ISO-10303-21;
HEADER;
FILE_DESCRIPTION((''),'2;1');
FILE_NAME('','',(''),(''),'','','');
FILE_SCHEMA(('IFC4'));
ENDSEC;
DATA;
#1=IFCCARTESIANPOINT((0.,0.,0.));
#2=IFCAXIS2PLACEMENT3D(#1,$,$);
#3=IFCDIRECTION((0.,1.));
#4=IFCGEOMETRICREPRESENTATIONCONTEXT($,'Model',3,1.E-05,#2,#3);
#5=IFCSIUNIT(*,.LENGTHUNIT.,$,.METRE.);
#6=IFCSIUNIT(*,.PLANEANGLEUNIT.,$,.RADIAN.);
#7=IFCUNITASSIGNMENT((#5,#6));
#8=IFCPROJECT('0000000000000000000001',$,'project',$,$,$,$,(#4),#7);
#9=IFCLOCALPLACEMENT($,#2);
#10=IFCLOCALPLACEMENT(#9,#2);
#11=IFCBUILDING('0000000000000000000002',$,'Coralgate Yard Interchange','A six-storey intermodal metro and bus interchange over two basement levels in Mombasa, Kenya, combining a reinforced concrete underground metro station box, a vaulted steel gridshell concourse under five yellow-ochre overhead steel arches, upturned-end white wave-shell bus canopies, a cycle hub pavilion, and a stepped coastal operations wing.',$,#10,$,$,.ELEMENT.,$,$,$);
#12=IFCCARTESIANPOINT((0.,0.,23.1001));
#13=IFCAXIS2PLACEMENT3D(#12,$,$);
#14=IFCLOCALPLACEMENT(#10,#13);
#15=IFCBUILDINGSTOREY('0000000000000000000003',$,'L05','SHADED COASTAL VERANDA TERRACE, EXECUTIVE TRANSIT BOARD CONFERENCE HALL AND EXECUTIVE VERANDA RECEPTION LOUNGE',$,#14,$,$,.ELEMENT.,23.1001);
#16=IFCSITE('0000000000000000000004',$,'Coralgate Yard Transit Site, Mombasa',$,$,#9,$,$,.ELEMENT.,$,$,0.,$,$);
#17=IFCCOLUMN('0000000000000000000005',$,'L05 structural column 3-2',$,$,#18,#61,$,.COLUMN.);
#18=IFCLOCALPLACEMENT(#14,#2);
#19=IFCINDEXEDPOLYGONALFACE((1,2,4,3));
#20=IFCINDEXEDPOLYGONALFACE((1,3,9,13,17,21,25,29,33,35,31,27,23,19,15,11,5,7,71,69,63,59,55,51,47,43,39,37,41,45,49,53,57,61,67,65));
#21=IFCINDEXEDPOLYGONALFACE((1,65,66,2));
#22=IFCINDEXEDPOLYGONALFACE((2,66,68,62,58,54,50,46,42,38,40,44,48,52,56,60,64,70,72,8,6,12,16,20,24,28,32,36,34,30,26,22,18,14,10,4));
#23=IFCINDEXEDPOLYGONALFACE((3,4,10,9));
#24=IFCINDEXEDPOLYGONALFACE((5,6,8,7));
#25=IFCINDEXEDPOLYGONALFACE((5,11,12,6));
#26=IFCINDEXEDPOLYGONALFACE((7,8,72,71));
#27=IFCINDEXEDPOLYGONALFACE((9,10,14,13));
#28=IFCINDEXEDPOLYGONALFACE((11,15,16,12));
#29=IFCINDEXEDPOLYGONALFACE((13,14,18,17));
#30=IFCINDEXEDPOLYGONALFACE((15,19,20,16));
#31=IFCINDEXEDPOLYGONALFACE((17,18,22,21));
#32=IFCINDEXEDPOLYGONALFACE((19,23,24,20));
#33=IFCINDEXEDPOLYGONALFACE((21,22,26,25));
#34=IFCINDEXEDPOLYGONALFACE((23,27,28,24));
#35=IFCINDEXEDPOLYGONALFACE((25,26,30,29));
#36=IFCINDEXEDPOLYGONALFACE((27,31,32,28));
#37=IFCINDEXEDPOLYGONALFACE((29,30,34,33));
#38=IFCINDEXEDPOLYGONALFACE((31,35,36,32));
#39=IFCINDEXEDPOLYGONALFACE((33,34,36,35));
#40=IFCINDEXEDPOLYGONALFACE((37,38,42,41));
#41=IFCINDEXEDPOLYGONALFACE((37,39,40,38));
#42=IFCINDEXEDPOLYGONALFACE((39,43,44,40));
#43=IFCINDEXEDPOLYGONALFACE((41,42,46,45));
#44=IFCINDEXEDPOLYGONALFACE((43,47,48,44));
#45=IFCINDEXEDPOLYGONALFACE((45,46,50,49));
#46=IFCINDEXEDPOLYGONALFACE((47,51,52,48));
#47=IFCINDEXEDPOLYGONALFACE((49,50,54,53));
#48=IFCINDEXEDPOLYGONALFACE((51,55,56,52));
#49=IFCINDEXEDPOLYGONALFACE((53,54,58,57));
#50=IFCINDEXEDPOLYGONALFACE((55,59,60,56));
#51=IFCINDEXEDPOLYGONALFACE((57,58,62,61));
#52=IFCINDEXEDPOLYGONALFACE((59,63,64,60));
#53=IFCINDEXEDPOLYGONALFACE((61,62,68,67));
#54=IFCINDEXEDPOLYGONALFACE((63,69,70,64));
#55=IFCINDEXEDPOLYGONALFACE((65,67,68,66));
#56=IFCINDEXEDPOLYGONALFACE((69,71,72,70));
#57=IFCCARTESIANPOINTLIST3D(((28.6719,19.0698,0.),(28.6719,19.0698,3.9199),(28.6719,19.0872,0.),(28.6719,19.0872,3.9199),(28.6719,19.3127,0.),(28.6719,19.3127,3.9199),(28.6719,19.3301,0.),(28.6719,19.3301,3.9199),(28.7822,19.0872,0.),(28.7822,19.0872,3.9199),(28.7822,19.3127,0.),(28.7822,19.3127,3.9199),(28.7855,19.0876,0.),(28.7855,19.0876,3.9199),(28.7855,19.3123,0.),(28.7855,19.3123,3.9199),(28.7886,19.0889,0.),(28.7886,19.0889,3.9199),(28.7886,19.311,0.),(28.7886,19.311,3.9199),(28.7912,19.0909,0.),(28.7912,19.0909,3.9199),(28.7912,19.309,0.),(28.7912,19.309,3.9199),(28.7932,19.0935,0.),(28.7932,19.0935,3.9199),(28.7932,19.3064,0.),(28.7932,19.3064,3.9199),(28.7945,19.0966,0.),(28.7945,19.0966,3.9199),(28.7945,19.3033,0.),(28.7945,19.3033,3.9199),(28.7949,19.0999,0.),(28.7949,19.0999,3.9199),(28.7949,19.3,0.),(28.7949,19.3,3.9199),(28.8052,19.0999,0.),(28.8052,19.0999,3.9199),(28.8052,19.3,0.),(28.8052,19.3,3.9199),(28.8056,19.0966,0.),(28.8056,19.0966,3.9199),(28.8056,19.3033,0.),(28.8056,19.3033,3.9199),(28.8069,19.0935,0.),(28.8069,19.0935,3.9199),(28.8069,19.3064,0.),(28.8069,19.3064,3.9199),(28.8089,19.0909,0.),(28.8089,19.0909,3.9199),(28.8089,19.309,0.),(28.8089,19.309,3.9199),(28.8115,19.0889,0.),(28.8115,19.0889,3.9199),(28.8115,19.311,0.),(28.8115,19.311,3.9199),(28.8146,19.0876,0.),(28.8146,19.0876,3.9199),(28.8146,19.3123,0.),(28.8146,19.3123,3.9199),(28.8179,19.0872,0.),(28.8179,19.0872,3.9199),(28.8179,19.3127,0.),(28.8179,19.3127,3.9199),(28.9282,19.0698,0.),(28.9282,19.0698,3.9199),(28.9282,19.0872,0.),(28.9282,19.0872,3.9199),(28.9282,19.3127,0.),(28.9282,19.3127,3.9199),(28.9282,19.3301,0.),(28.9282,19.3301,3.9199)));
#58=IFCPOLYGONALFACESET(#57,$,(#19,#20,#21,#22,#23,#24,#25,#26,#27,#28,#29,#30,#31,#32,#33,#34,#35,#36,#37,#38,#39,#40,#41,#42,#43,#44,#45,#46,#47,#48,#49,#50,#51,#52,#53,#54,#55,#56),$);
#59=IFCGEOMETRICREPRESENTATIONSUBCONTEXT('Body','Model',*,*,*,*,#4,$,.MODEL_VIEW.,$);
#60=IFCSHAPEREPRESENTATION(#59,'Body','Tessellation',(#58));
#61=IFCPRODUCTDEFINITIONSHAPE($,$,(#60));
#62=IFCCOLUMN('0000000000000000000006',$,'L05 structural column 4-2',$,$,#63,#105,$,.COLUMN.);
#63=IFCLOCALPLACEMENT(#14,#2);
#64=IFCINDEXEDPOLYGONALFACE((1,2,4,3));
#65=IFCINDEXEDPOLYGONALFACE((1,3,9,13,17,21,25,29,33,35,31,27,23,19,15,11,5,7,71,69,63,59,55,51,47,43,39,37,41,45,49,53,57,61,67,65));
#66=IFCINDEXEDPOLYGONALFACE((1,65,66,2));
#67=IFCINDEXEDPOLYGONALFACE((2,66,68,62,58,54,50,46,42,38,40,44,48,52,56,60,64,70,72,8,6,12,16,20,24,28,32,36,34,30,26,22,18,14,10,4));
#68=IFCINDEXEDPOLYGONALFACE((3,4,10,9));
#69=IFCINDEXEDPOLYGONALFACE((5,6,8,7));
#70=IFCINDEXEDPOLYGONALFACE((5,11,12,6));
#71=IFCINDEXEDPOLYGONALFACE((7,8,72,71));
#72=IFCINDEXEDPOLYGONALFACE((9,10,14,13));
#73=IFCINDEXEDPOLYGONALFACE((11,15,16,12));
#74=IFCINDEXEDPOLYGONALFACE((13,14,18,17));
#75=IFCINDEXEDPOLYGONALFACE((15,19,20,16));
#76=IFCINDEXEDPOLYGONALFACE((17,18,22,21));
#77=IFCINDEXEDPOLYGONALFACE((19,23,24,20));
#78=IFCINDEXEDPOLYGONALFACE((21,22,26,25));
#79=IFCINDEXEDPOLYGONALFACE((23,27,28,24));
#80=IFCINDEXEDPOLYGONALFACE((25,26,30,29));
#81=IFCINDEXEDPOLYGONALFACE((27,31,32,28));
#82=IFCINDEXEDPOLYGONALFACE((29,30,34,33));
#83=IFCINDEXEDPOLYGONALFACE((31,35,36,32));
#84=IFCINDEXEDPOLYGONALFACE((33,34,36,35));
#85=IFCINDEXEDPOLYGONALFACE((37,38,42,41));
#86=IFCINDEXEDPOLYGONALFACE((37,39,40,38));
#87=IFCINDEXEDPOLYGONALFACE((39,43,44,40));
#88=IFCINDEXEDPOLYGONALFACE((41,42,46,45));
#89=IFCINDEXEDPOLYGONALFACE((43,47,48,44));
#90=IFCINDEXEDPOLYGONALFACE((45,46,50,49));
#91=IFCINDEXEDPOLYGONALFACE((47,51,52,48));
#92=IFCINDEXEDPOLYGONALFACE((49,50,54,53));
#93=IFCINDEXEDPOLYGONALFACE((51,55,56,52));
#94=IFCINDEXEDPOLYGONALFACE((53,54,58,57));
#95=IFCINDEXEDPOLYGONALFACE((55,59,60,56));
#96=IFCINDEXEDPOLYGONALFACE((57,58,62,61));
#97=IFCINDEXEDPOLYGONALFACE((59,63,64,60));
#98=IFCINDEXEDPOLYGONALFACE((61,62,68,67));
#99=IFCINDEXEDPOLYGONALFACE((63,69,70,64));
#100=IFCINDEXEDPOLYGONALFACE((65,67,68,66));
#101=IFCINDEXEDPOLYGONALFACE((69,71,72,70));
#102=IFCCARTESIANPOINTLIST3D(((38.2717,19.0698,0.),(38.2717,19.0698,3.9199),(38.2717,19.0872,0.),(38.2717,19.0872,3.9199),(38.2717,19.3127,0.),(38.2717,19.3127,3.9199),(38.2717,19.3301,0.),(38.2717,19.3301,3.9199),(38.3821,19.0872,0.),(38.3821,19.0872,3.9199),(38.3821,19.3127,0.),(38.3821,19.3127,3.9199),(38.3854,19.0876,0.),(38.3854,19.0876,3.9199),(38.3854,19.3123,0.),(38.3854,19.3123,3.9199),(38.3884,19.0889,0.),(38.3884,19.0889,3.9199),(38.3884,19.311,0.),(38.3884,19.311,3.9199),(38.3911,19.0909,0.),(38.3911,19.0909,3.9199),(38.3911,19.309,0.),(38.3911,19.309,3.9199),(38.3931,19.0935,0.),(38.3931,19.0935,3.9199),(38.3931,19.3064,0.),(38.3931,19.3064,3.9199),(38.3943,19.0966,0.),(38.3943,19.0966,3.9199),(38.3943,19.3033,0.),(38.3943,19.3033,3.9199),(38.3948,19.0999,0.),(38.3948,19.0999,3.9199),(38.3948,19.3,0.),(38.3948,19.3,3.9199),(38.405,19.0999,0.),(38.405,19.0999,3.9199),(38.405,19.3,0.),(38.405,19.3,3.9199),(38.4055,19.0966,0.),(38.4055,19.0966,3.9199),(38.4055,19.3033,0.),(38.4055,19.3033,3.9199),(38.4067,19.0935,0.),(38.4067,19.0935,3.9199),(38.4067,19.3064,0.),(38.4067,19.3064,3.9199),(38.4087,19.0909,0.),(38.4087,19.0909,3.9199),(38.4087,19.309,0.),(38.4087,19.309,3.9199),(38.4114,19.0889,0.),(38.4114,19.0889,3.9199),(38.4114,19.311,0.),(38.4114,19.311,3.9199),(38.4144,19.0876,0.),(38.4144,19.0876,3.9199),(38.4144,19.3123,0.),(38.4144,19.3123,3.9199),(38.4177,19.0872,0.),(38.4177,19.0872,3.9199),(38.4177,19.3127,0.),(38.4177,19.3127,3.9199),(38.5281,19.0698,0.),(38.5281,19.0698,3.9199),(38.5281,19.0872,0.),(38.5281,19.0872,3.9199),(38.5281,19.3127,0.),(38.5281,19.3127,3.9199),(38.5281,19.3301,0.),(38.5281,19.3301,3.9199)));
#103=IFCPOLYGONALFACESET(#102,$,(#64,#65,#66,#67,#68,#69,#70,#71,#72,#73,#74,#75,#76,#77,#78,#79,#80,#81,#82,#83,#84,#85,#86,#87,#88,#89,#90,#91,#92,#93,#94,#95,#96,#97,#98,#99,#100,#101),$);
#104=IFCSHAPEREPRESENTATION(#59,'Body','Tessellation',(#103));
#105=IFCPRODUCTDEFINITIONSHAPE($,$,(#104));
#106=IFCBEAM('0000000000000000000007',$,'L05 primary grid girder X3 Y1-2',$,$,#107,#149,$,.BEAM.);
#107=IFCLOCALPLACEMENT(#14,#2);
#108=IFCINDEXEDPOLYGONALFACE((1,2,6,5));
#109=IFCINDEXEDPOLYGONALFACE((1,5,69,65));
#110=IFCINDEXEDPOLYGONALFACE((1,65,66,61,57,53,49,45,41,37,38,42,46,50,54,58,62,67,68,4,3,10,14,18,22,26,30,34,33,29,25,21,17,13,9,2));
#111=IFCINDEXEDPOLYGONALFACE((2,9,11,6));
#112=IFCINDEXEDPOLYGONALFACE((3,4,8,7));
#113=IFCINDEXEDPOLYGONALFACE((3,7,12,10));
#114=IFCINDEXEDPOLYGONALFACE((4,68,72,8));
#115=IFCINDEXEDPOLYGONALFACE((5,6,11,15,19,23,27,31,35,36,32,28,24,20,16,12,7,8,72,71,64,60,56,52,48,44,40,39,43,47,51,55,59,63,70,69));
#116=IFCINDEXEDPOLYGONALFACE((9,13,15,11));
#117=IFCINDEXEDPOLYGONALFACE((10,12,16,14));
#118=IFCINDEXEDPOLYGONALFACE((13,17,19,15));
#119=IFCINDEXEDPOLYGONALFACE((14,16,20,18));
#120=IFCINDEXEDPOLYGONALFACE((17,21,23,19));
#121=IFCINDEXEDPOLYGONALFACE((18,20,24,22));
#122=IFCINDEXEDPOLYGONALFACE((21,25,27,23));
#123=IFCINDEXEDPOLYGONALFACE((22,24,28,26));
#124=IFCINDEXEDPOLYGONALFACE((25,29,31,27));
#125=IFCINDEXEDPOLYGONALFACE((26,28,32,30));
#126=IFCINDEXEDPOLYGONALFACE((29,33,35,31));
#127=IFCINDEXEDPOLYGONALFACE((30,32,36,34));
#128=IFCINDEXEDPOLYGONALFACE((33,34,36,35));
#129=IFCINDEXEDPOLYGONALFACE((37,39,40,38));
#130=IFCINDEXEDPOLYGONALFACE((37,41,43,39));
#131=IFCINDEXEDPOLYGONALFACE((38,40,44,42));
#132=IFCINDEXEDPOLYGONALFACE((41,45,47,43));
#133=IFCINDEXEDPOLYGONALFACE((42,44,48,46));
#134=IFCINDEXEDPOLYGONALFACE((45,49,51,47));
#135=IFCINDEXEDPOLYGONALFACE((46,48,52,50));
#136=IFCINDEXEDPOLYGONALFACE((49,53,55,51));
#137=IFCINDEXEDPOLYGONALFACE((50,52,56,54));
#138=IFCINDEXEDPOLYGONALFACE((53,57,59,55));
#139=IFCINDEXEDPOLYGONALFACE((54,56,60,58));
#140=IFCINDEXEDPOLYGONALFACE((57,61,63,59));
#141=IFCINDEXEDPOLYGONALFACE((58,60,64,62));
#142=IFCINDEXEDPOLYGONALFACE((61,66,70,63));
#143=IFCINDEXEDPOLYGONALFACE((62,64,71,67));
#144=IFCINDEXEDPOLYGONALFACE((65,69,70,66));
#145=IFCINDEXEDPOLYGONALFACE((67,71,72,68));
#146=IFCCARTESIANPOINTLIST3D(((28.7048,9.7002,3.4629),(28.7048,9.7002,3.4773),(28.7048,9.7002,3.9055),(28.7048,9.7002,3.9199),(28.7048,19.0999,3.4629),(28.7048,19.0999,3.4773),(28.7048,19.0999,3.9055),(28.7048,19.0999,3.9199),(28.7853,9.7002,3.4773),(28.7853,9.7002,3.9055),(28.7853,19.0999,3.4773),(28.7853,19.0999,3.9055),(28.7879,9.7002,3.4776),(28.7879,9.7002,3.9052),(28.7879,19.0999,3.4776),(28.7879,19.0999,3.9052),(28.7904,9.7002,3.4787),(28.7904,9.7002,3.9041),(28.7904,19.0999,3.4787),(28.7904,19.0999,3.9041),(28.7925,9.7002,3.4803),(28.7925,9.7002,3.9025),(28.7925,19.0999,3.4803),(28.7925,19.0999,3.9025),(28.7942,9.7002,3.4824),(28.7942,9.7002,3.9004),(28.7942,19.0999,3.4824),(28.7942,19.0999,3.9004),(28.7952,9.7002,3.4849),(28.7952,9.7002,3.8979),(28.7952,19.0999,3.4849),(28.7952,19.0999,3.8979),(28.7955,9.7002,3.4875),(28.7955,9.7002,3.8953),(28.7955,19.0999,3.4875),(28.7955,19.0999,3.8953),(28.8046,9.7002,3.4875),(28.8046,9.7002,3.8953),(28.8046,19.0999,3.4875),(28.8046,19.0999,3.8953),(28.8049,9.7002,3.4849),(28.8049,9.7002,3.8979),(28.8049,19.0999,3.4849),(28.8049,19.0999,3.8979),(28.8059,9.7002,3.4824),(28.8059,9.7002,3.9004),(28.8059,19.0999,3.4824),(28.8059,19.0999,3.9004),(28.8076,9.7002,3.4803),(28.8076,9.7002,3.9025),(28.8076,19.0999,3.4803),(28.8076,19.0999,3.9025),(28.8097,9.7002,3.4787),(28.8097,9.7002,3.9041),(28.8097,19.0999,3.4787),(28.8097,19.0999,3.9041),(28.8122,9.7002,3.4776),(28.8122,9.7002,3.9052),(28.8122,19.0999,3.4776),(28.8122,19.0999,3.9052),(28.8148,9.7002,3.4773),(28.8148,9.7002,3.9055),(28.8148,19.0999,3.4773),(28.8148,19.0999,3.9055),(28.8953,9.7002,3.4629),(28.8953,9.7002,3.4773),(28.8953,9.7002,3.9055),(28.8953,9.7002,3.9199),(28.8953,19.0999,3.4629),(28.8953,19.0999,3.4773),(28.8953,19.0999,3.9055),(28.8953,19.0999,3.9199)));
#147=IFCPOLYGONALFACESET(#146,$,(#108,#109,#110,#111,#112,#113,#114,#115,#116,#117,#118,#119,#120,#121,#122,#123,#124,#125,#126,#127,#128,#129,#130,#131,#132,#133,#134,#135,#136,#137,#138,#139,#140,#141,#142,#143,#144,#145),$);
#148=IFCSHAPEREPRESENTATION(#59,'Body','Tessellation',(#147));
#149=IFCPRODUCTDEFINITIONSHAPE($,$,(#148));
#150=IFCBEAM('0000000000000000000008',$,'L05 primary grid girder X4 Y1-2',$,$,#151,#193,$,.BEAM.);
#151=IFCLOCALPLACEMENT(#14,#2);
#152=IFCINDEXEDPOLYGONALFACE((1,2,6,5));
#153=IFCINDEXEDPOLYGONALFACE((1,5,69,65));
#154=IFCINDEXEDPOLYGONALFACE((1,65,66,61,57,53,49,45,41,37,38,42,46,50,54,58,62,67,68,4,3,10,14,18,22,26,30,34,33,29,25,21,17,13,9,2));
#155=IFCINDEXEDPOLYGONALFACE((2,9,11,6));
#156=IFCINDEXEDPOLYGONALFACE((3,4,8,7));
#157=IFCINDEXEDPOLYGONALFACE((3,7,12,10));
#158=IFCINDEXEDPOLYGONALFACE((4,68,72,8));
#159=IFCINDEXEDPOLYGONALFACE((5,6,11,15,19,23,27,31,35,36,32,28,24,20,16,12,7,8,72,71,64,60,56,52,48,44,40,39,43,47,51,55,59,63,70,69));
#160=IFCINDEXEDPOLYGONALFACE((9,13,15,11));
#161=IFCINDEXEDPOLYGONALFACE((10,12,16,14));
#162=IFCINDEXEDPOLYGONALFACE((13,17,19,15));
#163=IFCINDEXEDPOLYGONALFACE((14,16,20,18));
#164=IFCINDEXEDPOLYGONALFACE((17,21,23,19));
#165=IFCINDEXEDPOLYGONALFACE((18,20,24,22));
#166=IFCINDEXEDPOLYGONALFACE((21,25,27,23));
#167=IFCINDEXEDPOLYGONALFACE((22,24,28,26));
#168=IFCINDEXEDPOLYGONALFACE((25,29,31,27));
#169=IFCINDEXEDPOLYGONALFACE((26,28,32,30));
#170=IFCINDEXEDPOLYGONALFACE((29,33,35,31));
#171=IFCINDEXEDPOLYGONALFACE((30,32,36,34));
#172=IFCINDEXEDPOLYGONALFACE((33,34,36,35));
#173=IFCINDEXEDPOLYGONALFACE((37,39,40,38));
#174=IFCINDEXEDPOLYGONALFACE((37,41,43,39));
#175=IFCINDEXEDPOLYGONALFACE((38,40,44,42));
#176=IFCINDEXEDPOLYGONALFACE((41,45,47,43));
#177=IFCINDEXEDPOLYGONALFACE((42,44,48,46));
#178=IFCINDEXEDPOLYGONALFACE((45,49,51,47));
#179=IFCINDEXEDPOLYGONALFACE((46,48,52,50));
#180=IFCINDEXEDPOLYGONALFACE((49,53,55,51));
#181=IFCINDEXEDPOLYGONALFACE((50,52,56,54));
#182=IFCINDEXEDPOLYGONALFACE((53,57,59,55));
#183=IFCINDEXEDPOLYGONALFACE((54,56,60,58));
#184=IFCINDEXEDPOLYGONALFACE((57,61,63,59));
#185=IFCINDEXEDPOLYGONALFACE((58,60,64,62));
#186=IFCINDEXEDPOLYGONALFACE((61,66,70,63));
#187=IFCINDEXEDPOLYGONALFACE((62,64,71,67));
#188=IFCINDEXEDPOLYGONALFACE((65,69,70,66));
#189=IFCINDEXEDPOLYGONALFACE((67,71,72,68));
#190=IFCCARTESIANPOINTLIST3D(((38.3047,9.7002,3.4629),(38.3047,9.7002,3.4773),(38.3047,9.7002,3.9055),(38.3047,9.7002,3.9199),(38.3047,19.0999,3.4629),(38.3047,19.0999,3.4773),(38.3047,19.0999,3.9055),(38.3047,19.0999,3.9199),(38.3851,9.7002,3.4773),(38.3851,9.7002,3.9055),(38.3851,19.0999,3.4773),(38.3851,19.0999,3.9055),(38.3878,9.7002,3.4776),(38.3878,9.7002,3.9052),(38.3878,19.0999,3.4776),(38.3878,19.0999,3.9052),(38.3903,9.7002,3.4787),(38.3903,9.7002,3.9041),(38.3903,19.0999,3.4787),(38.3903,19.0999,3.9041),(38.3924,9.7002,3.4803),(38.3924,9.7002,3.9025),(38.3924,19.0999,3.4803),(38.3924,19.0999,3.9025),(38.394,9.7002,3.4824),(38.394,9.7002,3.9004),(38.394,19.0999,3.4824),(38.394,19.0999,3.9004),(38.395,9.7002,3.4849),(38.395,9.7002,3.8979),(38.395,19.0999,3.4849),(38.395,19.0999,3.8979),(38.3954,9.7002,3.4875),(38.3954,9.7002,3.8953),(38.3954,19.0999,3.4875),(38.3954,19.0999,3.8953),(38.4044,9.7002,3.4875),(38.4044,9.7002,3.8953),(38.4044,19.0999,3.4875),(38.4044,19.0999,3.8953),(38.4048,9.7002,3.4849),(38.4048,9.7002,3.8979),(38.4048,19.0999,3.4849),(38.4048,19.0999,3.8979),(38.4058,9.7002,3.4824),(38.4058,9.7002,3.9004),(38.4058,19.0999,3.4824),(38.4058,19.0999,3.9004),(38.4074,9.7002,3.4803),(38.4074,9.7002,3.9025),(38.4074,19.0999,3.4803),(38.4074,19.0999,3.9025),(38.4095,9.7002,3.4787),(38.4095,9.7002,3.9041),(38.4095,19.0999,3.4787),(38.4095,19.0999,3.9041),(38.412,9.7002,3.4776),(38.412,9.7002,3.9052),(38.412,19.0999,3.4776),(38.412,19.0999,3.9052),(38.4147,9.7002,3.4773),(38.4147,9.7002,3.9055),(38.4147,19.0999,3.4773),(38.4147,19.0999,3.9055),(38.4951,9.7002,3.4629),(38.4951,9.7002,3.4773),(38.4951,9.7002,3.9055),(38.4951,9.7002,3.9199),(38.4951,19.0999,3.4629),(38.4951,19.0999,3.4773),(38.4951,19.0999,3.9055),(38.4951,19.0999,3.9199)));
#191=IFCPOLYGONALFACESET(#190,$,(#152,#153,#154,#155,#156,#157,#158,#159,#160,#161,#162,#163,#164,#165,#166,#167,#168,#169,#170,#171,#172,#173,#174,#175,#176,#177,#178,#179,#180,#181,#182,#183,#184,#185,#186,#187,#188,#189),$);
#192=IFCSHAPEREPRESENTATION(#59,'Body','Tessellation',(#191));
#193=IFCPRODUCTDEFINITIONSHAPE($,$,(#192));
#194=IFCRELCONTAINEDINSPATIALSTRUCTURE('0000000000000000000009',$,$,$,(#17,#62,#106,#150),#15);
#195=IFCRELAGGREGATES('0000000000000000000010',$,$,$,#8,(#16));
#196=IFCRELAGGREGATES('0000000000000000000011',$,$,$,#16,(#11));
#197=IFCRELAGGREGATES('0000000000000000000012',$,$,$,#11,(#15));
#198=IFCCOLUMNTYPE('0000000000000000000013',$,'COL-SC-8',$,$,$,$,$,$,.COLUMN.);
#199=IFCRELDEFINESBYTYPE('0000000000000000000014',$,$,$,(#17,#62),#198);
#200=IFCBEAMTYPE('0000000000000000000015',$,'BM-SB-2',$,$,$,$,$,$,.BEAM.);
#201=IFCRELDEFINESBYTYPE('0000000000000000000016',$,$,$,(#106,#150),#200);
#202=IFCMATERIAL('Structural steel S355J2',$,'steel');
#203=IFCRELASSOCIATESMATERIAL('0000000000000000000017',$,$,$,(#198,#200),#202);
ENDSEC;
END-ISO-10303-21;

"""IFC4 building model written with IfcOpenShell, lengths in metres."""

from ifc_helpers import new_model, si_unit, direction, frame, origin, origin_2d, place, context, subcontext, project, spatial, i_section, extrude, material, material_profile, profile_set, type_object, element, save


model = new_model("IFC4")

# Units and contexts
model_context = context("Model", 3, precision=1e-05, world=origin(), true_north=direction((0.0, 1.0)))
body_context = subcontext(model_context, "Body", "Model", "MODEL_VIEW")
ifc_project = project(units=[si_unit("LENGTHUNIT", "METRE"), si_unit("PLANEANGLEUNIT", "RADIAN")], contexts=[model_context])

# Site, building, storey
site_placement = place(None, origin())
site = spatial("IfcSite", under=ifc_project, at=site_placement, Name="Coralgate Yard Transit Site, Mombasa", CompositionType="ELEMENT", RefElevation=0.0)
building_placement = place(site_placement, origin())
building = spatial("IfcBuilding", under=site, at=building_placement, Name="Coralgate Yard Interchange", Description="A six-storey intermodal metro and bus interchange over two basement levels in Mombasa, Kenya, combining a reinforced concrete underground metro station box, a vaulted steel gridshell concourse under five yellow-ochre overhead steel arches, upturned-end white wave-shell bus canopies, a cycle hub pavilion, and a stepped coastal operations wing.", CompositionType="ELEMENT")
storey_placement = place(building_placement, frame((0.0, 0.0, 23.1001)))
storey = spatial("IfcBuildingStorey", under=building, at=storey_placement, Name="L05", Description="SHADED COASTAL VERANDA TERRACE, EXECUTIVE TRANSIT BOARD CONFERENCE HALL AND EXECUTIVE VERANDA RECEPTION LOUNGE", CompositionType="ELEMENT", Elevation=23.1001)

# Columns
ifc_material_1 = material(Name="Structural steel S355J2", Category="steel")
ifc_material_profile_1 = material_profile(ifc_material_1, i_section(OverallWidth=0.2563, OverallDepth=0.2603, WebThickness=0.0103, FlangeThickness=0.0173, FilletRadius=0.0127, at=origin_2d()), Name="UC 254x254x89")
ifc_profile_set_1 = profile_set([ifc_material_profile_1], Name="Structural steel S355J2")
column_type = type_object("IfcColumnType", Name="COL-SC-8", PredefinedType="COLUMN", material=ifc_profile_set_1)
for number, where, z_axis, x_axis, name in (
    (1, (28.8, 19.2, 0.0), (0.0, 0.0, 1.0), (1.0, 0.0, 0.0), "L05 structural column 3-2"),
    (2, (38.3999, 19.2, 0.0), (0.0, 0.0, 1.0), (1.0, 0.0, 0.0), "L05 structural column 4-2"),
):
    element("IfcColumn", number, at=place(storey_placement, frame(where, z_axis=z_axis, x_axis=x_axis)), inside=storey, type_object=column_type, Name=name, PredefinedType="COLUMN", context=body_context, shape_type="SweptSolid", body=[
        extrude(i_section(OverallWidth=0.2563, OverallDepth=0.2603, WebThickness=0.0103, FlangeThickness=0.0173, FilletRadius=0.0127, at=origin_2d()), origin(), (0.0, 0.0, 1.0), 3.9199),
    ])

# Beams
ifc_material_profile_2 = material_profile(ifc_material_1, i_section(OverallWidth=0.1904, OverallDepth=0.457, WebThickness=0.009, FlangeThickness=0.0144, FilletRadius=0.0103, at=origin_2d()), Name="UB 457x191x74")
ifc_profile_set_2 = profile_set([ifc_material_profile_2], Name="Structural steel S355J2")
beam_type_1 = type_object("IfcBeamType", Name="BM-SB-2", PredefinedType="BEAM", material=ifc_profile_set_2)
for number, where, z_axis, x_axis, name in (
    (3, (28.8, 9.7002, 3.6914), (0.0, 1.0, 0.0), (-1.0, 0.0, 0.0), "L05 primary grid girder X3 Y1-2"),
    (4, (38.3999, 9.7002, 3.6914), (0.0, 1.0, 0.0), (-1.0, 0.0, 0.0), "L05 primary grid girder X4 Y1-2"),
):
    element("IfcBeam", number, at=place(storey_placement, frame(where, z_axis=z_axis, x_axis=x_axis)), inside=storey, type_object=beam_type_1, Name=name, PredefinedType="BEAM", context=body_context, shape_type="SweptSolid", body=[
        extrude(i_section(OverallWidth=0.1904, OverallDepth=0.457, WebThickness=0.009, FlangeThickness=0.0144, FilletRadius=0.0103, at=origin_2d()), origin(), (0.0, 0.0, 1.0), 9.3997),
    ])

save(model, "model.ifc")
